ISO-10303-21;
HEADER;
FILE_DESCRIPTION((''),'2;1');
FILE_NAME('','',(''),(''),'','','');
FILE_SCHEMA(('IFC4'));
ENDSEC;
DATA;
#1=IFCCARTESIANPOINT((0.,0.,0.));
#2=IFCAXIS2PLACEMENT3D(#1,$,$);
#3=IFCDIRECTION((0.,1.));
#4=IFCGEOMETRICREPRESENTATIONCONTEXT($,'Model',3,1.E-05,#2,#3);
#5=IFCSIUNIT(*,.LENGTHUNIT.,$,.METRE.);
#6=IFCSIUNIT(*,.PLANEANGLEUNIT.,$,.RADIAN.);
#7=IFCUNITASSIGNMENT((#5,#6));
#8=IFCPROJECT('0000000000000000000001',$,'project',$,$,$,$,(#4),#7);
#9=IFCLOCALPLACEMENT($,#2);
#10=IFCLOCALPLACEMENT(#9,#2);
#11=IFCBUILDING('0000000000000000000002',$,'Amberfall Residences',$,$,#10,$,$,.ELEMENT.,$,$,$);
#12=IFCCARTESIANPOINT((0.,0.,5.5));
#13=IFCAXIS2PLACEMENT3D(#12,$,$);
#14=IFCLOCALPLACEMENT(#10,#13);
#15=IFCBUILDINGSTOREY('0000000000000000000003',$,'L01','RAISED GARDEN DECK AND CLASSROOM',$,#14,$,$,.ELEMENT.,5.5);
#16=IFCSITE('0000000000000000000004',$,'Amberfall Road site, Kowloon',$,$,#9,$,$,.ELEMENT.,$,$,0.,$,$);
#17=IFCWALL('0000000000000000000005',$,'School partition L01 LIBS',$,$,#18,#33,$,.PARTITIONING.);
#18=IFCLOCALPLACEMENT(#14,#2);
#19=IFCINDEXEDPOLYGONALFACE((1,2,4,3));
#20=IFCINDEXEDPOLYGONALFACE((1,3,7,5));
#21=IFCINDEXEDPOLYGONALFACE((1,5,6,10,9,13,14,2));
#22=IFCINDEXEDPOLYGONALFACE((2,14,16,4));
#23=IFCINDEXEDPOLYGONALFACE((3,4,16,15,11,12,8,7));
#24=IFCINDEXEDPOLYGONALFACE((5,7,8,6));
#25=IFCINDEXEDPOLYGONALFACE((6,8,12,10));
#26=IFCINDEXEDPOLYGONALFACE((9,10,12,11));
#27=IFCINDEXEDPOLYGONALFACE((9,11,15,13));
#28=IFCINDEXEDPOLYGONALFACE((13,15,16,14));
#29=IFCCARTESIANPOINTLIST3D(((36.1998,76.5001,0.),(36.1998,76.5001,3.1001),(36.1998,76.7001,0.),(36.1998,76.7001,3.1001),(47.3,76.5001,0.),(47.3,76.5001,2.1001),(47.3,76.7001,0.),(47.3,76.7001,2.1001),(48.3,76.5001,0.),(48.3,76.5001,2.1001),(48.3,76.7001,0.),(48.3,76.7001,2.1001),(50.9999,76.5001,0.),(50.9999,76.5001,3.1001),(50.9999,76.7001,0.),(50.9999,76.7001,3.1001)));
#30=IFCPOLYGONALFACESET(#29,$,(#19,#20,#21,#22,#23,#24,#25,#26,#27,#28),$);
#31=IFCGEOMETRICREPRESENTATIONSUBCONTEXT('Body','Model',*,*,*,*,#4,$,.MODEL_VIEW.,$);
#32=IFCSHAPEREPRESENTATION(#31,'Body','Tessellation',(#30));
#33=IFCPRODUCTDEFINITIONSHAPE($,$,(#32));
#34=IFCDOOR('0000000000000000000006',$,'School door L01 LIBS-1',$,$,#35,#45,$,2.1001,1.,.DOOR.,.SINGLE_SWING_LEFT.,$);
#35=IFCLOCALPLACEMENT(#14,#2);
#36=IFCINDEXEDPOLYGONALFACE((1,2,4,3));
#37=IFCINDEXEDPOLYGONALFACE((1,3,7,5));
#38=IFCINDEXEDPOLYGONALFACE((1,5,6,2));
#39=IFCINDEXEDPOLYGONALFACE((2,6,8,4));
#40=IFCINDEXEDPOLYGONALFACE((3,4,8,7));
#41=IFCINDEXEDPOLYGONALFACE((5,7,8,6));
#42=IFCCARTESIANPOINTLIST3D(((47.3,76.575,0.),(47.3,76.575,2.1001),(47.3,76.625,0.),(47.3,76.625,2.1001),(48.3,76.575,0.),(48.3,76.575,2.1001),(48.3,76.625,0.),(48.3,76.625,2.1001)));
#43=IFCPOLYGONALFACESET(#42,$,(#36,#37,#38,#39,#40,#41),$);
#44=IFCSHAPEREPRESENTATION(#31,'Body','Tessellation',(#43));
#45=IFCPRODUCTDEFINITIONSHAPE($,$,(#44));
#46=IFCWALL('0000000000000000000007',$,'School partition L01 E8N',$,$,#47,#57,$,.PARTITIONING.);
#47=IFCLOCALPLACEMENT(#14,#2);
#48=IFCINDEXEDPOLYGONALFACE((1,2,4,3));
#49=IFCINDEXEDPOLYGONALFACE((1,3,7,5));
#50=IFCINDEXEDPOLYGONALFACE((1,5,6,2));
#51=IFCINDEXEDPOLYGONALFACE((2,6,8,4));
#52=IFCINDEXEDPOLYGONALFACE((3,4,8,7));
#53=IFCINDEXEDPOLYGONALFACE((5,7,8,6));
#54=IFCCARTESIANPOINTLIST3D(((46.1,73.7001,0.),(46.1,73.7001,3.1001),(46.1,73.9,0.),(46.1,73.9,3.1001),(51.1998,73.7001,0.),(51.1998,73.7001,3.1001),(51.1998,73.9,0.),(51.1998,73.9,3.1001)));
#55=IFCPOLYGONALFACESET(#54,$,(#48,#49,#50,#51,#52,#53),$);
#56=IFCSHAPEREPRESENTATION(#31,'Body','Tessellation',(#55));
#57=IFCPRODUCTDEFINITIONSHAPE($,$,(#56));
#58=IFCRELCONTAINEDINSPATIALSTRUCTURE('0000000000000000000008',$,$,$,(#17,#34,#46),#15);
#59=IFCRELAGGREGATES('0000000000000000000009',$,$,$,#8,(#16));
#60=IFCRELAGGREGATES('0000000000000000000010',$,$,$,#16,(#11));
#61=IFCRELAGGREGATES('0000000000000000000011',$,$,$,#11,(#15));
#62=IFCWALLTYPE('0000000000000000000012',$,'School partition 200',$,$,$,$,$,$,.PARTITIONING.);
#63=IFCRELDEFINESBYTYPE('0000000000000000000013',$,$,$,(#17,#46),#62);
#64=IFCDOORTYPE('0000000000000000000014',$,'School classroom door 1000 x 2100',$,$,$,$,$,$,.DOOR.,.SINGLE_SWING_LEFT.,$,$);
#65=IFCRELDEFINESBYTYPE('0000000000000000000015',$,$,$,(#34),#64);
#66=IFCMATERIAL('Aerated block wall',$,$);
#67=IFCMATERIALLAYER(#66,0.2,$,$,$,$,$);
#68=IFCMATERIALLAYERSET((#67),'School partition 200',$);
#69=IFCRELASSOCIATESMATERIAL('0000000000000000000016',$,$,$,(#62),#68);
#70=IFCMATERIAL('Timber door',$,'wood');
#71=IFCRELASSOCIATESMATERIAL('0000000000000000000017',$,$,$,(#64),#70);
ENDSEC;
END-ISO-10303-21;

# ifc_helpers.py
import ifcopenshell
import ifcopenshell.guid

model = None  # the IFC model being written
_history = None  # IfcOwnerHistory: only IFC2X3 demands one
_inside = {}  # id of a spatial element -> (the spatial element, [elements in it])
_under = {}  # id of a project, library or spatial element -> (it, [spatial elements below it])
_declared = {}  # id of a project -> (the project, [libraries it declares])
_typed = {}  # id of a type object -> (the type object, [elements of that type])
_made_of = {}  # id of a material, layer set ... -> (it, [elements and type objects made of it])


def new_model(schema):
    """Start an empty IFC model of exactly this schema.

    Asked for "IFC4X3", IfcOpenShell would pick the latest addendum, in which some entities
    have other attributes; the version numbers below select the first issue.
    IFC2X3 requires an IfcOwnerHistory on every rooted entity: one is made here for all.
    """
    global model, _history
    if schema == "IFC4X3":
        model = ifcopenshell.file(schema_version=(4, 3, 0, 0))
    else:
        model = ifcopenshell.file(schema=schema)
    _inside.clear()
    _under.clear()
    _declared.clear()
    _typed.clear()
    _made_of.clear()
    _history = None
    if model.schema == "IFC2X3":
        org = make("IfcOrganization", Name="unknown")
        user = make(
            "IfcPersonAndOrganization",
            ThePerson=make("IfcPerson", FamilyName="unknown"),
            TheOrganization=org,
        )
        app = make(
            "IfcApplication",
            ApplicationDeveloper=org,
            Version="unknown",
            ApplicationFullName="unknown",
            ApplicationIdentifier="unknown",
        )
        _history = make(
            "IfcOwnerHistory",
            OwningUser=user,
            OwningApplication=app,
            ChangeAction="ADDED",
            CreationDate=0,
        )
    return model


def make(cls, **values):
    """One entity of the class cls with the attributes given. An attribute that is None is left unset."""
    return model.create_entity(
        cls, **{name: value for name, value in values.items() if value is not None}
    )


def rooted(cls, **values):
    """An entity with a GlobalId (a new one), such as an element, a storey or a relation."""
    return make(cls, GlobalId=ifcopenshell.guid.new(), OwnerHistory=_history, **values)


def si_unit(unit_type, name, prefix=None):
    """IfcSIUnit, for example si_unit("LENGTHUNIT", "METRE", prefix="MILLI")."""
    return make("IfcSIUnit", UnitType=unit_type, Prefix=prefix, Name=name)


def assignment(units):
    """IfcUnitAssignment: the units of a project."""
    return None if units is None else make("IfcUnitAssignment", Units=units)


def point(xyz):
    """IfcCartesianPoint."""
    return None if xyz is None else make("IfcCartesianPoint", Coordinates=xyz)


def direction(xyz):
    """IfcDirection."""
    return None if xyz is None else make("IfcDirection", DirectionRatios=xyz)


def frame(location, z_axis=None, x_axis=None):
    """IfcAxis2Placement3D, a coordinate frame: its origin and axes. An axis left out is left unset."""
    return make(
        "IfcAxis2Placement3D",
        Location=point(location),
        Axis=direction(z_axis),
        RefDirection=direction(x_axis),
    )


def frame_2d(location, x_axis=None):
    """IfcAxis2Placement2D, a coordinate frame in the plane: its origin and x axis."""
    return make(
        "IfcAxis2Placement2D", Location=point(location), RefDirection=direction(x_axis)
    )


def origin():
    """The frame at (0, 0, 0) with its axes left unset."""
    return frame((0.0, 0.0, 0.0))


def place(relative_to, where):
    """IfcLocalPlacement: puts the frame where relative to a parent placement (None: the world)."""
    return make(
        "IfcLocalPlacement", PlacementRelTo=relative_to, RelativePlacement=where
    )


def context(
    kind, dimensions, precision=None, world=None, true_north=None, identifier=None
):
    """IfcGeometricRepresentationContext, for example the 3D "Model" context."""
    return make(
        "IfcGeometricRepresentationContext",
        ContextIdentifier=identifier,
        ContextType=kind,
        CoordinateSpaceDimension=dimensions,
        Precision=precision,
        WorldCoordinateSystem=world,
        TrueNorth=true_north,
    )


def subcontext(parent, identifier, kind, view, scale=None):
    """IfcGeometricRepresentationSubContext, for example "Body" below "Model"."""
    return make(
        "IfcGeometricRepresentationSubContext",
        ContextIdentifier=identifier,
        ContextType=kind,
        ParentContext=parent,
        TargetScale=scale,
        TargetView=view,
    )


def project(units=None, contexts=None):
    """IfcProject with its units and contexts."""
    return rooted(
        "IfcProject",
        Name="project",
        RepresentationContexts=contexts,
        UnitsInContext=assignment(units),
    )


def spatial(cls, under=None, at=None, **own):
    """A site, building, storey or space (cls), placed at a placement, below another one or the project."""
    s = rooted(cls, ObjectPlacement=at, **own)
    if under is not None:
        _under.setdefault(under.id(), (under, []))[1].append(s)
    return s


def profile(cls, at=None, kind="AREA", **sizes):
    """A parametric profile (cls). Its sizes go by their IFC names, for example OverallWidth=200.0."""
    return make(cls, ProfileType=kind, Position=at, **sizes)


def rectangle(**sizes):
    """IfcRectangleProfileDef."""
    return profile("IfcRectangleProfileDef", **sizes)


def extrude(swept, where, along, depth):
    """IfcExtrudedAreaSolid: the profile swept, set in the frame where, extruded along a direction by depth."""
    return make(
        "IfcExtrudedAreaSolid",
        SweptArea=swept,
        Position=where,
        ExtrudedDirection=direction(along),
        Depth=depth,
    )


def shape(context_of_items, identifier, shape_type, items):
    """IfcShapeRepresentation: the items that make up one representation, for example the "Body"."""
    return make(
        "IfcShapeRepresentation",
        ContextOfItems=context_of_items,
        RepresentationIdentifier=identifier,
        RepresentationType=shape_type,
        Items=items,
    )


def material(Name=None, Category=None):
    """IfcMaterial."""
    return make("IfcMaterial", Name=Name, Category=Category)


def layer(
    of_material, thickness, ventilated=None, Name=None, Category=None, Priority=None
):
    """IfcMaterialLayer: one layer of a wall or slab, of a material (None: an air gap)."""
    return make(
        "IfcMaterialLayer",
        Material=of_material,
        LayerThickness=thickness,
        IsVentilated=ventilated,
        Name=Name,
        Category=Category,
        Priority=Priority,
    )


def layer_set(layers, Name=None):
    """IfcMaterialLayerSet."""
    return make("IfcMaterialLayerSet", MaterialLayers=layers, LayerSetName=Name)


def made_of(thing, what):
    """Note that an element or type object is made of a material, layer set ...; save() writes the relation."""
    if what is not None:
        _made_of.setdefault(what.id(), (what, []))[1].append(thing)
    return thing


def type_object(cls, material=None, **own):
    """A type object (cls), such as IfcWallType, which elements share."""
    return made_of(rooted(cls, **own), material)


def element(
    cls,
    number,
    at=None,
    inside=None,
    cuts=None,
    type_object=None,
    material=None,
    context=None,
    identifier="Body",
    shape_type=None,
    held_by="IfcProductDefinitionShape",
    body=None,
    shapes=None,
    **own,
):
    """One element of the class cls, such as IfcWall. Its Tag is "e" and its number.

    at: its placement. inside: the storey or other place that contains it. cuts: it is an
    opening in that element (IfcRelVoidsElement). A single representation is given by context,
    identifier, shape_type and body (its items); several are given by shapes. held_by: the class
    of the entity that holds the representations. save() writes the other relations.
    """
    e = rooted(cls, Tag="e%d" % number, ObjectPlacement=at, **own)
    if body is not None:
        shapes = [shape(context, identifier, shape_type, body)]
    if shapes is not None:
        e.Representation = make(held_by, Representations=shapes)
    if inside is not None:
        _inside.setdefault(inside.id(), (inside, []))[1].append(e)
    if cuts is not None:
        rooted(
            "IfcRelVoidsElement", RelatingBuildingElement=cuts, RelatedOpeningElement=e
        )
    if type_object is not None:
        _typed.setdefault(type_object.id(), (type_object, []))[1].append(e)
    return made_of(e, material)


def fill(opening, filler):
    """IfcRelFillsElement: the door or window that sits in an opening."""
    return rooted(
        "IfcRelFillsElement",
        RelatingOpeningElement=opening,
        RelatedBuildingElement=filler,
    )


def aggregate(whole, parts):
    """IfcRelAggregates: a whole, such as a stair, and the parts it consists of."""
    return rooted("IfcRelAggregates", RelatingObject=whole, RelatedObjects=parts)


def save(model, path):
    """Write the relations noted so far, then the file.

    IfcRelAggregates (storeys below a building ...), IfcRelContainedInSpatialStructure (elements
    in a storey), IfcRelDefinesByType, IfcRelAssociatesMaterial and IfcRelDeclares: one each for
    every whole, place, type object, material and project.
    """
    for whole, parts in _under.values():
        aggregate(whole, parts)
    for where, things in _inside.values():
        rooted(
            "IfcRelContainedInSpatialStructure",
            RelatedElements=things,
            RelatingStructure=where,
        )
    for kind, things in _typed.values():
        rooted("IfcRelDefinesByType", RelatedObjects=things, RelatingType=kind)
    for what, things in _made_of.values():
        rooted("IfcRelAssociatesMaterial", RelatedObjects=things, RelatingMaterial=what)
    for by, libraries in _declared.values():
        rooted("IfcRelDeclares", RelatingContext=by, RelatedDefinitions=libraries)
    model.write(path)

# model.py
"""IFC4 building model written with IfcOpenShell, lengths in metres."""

from ifc_helpers import new_model, si_unit, direction, frame, frame_2d, origin, place, context, subcontext, project, spatial, rectangle, extrude, material, layer, layer_set, type_object, element, fill, save


model = new_model("IFC4")

# Units and contexts
model_context = context("Model", 3, precision=1e-05, world=origin(), true_north=direction((0.0, 1.0)))
body_context = subcontext(model_context, "Body", "Model", "MODEL_VIEW")
ifc_project = project(units=[si_unit("LENGTHUNIT", "METRE"), si_unit("PLANEANGLEUNIT", "RADIAN")], contexts=[model_context])

# Site, building, storey
site_placement = place(None, origin())
site = spatial("IfcSite", under=ifc_project, at=site_placement, Name="Amberfall Road site, Kowloon", CompositionType="ELEMENT", RefElevation=0.0)
building_placement = place(site_placement, origin())
building = spatial("IfcBuilding", under=site, at=building_placement, Name="Amberfall Residences", CompositionType="ELEMENT")
storey_placement = place(building_placement, frame((0.0, 0.0, 5.5)))
storey = spatial("IfcBuildingStorey", under=building, at=storey_placement, Name="L01", Description="RAISED GARDEN DECK AND CLASSROOM", CompositionType="ELEMENT", Elevation=5.5)

# Shared definitions
ifc_material_1 = material(Name="Aerated block wall")

# Wall, opening, door
ifc_layer_1 = layer(ifc_material_1, 0.2)
ifc_layer_set_1 = layer_set([ifc_layer_1], Name="School partition 200")
wall_type_1 = type_object("IfcWallType", Name="School partition 200", PredefinedType="PARTITIONING", material=ifc_layer_set_1)
wall_1_placement = place(storey_placement, frame((36.2, 76.6001, 0.0), z_axis=(0.0, 0.0, 1.0), x_axis=(1.0, 0.0, 0.0)))
wall_1 = element("IfcWall", 1, at=wall_1_placement, inside=storey, type_object=wall_type_1, Name="School partition L01 LIBS", PredefinedType="PARTITIONING", context=body_context, shape_type="SweptSolid", body=[
    extrude(rectangle(XDim=14.8, YDim=0.2, at=frame_2d((7.3999, 0.0))), origin(), (0.0, 0.0, 1.0), 3.1001),
])
opening_1_placement = place(wall_1_placement, frame((11.1001, 0.0, 0.0)))
opening_1 = element("IfcOpeningElement", 2, at=opening_1_placement, cuts=wall_1, PredefinedType="OPENING", context=body_context, shape_type="SweptSolid", body=[
    extrude(rectangle(XDim=1.0, YDim=2.1001, at=frame_2d((0.5, 1.05))), frame((0.0, 0.1099, 0.0), z_axis=(0.0, -1.0, 0.0), x_axis=(1.0, 0.0, 0.0)), (0.0, 0.0, 1.0), 0.22),
])
ifc_material_2 = material(Name="Timber door", Category="wood")
door_type = type_object("IfcDoorType", Name="School classroom door 1000 x 2100", OperationType="SINGLE_SWING_LEFT", PredefinedType="DOOR", material=ifc_material_2)
door_placement = place(opening_1_placement, origin())
door = element("IfcDoor", 3, at=door_placement, inside=storey, type_object=door_type, Name="School door L01 LIBS-1", OperationType="SINGLE_SWING_LEFT", OverallHeight=2.1001, OverallWidth=1.0, PredefinedType="DOOR", context=body_context, shape_type="SweptSolid", body=[
    extrude(rectangle(XDim=1.0, YDim=2.1001, at=frame_2d((0.5, 1.05))), frame((0.0, 0.0249, 0.0), z_axis=(0.0, -1.0, 0.0), x_axis=(1.0, 0.0, 0.0)), (0.0, 0.0, 1.0), 0.05),
])
fill(opening_1, door)

# Wall
wall_2_placement = place(storey_placement, frame((46.1001, 73.8, 0.0), z_axis=(0.0, 0.0, 1.0), x_axis=(1.0, 0.0, 0.0)))
element("IfcWall", 4, at=wall_2_placement, inside=storey, type_object=wall_type_1, Name="School partition L01 E8N", PredefinedType="PARTITIONING", context=body_context, shape_type="SweptSolid", body=[
    extrude(rectangle(XDim=5.0999, YDim=0.2, at=frame_2d((2.5498, 0.0))), origin(), (0.0, 0.0, 1.0), 3.1001),
])

save(model, "model.ifc")
